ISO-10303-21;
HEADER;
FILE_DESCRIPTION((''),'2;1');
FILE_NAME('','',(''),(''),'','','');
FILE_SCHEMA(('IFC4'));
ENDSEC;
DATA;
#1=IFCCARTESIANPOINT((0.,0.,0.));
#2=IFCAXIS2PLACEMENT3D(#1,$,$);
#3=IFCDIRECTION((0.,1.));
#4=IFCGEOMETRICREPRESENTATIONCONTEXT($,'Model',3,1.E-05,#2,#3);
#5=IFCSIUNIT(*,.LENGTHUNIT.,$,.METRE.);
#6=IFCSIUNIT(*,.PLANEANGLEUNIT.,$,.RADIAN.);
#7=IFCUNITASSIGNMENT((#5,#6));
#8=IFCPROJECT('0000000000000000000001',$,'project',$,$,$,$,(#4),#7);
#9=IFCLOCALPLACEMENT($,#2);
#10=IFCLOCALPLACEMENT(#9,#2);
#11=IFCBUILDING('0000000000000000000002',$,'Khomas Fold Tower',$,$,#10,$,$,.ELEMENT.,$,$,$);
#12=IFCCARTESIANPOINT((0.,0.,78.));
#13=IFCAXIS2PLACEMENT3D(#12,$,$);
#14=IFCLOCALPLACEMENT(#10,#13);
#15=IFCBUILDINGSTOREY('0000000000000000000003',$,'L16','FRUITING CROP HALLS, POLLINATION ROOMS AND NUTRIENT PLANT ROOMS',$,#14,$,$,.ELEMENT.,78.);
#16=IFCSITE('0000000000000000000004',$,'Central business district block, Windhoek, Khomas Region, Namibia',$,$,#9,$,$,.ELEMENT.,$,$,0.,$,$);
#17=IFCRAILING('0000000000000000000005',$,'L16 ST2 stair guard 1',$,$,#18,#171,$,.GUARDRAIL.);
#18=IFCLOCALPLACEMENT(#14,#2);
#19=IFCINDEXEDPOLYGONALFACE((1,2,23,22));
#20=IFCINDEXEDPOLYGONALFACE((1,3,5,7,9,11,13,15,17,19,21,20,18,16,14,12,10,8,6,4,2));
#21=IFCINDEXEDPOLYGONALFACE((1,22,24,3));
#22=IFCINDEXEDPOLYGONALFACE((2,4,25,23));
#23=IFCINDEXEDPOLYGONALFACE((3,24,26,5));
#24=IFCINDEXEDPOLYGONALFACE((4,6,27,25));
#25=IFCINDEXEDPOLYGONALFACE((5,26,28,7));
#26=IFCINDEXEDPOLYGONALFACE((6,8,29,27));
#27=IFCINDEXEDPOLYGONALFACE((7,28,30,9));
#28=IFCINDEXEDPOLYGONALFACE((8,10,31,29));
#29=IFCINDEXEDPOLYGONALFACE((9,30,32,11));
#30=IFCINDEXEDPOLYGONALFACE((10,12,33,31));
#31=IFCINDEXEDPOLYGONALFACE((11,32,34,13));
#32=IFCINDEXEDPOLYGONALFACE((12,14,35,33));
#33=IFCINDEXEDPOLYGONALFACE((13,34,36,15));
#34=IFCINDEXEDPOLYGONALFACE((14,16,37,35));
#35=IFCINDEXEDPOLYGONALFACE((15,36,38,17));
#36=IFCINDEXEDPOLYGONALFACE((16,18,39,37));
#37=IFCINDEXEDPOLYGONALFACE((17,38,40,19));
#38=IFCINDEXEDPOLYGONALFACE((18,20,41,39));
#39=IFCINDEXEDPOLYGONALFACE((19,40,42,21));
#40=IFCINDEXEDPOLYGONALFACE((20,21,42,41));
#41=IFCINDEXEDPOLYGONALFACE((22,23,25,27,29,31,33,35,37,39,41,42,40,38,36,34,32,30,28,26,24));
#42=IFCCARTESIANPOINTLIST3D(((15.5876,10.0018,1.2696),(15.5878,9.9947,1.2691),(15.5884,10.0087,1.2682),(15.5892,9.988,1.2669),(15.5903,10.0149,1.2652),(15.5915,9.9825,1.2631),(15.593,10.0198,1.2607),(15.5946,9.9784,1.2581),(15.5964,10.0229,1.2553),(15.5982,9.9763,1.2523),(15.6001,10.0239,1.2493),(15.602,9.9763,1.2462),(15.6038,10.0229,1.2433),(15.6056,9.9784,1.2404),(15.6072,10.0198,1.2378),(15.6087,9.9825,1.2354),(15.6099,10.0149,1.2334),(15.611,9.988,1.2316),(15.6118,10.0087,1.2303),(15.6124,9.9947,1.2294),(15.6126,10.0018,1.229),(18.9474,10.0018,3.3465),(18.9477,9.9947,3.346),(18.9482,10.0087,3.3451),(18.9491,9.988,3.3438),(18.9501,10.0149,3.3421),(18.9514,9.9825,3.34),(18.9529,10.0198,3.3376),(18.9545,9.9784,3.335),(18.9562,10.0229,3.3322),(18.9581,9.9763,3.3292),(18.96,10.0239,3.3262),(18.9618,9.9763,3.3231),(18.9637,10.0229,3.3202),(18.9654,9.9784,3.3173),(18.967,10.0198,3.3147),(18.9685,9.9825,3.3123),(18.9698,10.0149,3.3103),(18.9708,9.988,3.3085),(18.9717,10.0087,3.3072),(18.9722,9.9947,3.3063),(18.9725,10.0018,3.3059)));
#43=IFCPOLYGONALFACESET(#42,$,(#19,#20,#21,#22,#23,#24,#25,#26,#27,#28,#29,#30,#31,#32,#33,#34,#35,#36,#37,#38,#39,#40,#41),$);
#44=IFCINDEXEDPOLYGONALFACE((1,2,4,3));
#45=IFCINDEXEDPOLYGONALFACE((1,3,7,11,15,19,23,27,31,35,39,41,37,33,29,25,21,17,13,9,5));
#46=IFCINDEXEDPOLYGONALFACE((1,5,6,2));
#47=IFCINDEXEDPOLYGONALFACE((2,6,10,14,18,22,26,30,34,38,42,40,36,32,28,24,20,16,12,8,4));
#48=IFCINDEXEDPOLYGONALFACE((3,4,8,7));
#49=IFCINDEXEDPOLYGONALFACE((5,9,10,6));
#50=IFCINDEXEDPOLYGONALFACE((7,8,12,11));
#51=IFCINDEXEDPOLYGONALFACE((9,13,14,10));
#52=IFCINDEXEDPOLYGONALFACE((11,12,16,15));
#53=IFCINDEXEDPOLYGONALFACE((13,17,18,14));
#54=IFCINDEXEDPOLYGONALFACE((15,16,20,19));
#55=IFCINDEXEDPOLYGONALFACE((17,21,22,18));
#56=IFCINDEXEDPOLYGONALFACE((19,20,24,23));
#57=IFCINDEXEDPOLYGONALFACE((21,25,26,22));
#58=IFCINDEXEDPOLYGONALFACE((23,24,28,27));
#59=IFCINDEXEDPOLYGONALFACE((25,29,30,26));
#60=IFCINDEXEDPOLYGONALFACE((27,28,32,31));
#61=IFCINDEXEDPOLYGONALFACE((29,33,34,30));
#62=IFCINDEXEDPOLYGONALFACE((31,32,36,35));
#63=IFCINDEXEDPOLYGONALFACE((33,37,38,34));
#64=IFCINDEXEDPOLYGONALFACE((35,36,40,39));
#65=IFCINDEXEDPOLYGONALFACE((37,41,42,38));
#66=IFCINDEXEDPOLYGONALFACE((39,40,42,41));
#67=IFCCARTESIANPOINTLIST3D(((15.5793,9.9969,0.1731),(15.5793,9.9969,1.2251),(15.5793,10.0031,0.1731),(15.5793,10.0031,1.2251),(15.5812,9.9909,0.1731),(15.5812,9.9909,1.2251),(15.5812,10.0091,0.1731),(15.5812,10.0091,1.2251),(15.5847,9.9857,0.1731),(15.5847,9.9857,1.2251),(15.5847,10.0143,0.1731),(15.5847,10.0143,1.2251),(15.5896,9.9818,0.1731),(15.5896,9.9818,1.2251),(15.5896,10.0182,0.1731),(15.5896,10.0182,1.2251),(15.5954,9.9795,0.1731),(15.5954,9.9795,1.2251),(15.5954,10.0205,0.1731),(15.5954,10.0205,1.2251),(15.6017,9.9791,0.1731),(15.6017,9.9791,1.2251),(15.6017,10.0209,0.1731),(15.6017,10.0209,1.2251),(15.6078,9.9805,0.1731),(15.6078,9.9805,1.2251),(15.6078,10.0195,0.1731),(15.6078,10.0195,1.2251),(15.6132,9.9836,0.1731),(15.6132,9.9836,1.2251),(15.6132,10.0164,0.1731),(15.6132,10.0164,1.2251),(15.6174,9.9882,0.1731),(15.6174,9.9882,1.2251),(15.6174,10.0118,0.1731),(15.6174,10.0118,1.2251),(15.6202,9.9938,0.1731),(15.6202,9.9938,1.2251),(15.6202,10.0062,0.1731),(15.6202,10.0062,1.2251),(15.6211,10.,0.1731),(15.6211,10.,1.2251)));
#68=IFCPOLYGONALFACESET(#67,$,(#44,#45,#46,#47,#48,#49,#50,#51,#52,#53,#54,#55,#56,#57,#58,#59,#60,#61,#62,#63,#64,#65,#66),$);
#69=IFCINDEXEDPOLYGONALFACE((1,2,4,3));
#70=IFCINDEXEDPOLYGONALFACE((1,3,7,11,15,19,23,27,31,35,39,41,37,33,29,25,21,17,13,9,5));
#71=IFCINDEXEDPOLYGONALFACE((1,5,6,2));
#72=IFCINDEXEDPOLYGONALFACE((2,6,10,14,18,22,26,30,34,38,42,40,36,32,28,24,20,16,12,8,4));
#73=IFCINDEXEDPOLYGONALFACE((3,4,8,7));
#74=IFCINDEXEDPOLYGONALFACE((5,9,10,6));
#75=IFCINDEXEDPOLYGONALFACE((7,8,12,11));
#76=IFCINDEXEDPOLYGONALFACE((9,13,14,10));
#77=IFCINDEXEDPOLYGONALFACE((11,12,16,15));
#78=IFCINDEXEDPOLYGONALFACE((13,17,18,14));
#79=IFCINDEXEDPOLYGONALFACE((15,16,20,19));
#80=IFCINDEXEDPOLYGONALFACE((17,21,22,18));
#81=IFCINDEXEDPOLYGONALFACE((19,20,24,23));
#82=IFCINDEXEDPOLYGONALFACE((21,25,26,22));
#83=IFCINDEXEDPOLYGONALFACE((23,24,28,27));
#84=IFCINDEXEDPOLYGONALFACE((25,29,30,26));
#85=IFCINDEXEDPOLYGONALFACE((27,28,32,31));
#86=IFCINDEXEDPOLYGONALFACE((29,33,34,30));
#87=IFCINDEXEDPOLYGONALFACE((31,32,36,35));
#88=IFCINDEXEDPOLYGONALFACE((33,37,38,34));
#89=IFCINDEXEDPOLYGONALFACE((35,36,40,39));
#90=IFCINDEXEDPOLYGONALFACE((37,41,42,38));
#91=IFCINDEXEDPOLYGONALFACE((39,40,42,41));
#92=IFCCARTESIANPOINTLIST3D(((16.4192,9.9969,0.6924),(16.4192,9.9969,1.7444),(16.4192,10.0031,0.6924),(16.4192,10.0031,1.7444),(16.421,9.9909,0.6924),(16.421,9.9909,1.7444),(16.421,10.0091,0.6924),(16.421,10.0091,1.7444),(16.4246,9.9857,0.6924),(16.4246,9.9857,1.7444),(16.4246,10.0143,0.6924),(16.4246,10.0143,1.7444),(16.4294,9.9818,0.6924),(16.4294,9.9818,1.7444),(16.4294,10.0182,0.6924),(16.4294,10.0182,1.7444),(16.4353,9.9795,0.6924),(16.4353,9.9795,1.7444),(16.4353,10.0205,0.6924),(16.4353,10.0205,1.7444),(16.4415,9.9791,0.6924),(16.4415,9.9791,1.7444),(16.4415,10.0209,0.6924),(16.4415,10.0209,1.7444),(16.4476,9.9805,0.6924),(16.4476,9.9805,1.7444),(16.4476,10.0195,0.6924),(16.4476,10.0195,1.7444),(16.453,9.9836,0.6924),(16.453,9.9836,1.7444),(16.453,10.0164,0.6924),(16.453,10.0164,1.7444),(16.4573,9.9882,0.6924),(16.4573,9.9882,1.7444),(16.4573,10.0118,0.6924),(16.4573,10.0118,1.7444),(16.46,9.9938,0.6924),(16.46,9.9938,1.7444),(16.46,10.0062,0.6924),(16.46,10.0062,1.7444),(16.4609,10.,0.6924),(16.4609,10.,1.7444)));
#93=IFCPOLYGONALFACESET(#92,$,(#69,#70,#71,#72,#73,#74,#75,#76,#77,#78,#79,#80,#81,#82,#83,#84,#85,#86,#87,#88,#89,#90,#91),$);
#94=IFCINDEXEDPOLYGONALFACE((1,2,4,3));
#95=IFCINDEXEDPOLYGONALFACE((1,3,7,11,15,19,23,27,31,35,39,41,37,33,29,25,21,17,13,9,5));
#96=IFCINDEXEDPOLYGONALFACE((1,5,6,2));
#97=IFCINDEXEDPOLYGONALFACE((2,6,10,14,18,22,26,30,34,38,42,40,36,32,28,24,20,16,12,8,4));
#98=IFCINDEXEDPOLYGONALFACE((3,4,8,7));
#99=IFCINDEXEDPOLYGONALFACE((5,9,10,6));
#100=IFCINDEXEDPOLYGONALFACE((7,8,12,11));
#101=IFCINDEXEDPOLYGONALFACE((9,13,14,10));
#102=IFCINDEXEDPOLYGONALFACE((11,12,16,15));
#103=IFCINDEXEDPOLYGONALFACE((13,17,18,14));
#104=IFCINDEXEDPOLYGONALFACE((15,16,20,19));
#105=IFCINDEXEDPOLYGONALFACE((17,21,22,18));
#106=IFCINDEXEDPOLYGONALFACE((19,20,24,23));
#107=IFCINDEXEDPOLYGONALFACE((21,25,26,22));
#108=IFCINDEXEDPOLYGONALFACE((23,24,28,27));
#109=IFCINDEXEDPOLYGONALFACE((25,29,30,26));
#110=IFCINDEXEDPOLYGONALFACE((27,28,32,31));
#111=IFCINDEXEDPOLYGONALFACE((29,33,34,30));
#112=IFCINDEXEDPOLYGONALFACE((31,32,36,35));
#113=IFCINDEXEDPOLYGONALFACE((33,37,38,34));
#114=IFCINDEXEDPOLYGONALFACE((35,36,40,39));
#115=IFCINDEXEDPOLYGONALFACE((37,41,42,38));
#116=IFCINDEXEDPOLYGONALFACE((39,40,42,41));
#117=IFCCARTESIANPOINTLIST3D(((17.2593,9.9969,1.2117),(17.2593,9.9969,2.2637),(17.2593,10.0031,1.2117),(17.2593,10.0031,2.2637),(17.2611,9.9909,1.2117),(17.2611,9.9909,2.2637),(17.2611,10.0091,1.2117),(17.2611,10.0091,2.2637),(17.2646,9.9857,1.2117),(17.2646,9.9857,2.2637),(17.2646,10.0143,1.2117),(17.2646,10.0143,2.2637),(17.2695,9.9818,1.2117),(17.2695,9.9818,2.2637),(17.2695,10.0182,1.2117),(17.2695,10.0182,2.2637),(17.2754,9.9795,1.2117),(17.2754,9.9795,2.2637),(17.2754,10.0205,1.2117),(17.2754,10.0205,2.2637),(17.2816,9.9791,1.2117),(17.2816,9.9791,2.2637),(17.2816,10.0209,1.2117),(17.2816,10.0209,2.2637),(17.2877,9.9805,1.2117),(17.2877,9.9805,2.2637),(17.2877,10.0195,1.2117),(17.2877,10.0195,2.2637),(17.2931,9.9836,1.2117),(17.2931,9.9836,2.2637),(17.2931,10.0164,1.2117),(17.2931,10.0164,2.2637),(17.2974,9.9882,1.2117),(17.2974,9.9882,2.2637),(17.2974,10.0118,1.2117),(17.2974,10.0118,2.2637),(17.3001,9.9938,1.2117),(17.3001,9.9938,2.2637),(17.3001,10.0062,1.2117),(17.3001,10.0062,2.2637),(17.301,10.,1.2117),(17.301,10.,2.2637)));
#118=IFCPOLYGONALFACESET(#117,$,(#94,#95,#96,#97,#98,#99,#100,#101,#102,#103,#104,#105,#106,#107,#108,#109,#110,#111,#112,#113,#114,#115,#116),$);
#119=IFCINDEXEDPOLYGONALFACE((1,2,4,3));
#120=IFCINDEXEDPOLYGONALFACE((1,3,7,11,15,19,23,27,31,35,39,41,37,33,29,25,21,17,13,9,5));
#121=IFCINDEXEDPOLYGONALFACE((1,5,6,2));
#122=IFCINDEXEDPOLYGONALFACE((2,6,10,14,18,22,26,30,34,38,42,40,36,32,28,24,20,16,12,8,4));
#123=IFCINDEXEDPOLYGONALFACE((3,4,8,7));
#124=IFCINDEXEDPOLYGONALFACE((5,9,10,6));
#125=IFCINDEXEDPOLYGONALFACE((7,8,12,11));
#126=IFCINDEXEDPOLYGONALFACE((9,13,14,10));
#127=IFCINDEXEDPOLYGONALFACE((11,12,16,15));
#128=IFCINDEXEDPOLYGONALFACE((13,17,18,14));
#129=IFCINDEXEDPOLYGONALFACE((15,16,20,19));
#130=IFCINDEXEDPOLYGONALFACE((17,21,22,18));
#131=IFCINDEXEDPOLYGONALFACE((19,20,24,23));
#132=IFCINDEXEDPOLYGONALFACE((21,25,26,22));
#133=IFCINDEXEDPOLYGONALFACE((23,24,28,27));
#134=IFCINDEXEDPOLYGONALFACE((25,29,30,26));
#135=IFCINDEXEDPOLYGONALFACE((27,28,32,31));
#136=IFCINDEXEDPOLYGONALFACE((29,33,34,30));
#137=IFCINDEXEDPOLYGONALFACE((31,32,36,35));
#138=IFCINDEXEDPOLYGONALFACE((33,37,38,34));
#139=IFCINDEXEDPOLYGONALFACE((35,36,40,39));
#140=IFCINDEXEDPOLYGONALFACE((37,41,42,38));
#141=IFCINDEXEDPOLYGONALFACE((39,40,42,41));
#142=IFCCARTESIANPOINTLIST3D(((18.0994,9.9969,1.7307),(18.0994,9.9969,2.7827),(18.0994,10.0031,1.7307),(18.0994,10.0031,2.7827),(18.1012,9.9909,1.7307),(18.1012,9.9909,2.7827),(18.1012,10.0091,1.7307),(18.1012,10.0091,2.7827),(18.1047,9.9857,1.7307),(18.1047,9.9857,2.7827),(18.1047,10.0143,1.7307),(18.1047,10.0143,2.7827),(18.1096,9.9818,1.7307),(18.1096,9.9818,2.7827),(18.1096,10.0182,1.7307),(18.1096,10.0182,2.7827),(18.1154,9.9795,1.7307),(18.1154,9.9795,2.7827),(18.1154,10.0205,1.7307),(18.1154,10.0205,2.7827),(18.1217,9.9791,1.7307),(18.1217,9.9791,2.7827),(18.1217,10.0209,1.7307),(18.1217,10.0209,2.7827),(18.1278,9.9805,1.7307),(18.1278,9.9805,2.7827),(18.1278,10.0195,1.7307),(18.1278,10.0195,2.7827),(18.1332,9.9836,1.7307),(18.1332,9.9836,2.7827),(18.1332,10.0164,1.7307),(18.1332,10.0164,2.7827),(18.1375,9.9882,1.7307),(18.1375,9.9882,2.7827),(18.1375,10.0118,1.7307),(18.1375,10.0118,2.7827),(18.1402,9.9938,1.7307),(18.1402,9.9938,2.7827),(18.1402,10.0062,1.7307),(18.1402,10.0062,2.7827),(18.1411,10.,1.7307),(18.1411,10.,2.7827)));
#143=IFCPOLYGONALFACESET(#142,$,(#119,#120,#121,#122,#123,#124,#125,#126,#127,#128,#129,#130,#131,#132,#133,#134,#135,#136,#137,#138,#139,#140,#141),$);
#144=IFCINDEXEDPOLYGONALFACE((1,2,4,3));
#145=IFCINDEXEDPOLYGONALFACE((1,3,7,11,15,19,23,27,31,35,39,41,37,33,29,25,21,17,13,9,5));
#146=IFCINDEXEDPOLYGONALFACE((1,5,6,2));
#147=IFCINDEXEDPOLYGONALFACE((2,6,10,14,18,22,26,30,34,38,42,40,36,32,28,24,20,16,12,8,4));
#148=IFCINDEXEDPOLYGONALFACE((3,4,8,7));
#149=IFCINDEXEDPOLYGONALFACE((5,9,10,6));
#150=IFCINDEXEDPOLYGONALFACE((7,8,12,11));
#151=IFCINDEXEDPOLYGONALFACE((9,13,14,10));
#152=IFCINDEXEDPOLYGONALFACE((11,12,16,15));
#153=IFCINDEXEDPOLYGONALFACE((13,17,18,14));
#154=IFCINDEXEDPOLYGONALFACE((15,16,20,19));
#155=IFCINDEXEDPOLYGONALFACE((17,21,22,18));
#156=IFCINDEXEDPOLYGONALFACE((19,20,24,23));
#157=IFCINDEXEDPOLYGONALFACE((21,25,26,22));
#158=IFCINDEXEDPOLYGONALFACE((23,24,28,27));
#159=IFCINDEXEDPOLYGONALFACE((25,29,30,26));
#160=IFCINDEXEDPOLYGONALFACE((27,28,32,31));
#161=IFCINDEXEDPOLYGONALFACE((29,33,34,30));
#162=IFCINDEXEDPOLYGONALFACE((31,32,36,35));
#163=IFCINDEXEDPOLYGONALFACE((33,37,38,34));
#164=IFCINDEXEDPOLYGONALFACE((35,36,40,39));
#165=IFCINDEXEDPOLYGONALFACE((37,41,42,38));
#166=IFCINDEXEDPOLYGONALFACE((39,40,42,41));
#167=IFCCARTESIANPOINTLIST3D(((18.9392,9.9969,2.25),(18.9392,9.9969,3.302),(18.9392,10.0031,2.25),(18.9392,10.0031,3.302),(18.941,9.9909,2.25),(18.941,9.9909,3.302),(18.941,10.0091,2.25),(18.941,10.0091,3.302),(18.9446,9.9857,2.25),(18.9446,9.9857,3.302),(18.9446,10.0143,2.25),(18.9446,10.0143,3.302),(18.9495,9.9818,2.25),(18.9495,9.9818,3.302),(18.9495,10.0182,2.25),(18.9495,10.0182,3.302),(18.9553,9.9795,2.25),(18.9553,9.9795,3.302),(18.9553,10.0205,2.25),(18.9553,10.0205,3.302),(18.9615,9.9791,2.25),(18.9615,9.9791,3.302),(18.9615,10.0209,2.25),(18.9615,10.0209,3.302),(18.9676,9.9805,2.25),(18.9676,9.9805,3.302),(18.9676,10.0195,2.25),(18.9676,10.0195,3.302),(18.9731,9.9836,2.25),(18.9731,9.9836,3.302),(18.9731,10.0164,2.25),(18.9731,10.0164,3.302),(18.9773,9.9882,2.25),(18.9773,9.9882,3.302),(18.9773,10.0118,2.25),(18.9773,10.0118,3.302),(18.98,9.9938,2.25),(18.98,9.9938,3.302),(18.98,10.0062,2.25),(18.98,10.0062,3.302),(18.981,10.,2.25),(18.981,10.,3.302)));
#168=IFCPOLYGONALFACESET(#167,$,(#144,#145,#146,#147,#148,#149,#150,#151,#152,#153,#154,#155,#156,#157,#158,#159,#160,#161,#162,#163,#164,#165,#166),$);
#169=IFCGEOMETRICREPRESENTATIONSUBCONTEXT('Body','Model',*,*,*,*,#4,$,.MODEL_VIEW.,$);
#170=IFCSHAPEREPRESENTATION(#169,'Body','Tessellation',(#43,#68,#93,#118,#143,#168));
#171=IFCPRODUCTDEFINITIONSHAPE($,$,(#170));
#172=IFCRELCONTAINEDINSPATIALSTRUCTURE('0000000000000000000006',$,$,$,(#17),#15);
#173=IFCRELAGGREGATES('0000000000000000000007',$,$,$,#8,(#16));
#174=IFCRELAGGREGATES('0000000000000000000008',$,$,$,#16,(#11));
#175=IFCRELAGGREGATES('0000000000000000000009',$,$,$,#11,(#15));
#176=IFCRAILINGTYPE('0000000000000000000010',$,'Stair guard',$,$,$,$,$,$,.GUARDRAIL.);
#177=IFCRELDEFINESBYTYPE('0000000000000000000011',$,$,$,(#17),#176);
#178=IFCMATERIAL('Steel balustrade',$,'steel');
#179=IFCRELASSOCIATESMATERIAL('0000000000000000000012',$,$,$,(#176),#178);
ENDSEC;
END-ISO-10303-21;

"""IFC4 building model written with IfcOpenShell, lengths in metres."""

from ifc_helpers import new_model, si_unit, direction, frame, origin, origin_2d, place, context, subcontext, project, spatial, circle, extrude, source, transform, mapped, material, type_object, element, save


model = new_model("IFC4")

# Units and contexts
model_context = context("Model", 3, precision=1e-05, world=origin(), true_north=direction((0.0, 1.0)))
body_context = subcontext(model_context, "Body", "Model", "MODEL_VIEW")
ifc_project = project(units=[si_unit("LENGTHUNIT", "METRE"), si_unit("PLANEANGLEUNIT", "RADIAN")], contexts=[model_context])

# Site, building, storey
site_placement = place(None, origin())
site = spatial("IfcSite", under=ifc_project, at=site_placement, Name="Central business district block, Windhoek, Khomas Region, Namibia", CompositionType="ELEMENT", RefElevation=0.0)
building_placement = place(site_placement, origin())
building = spatial("IfcBuilding", under=site, at=building_placement, Name="Khomas Fold Tower", CompositionType="ELEMENT")
storey_placement = place(building_placement, frame((0.0, 0.0, 78.0)))
storey = spatial("IfcBuildingStorey", under=building, at=storey_placement, Name="L16", Description="FRUITING CROP HALLS, POLLINATION ROOMS AND NUTRIENT PLANT ROOMS", CompositionType="ELEMENT", Elevation=78.0)

# Railing
ifc_material_1 = material(Name="Steel balustrade", Category="steel")
railing_type_1 = type_object("IfcRailingType", Name="Stair guard", PredefinedType="GUARDRAIL", material=ifc_material_1)
shared_shape_1 = source(origin(), body_context, "Body", "SweptSolid", [
    extrude(circle(Radius=0.0239, at=origin_2d()), frame((0.0, 0.0, 1.0762), z_axis=(0.850606, 0.0, 0.525803), x_axis=(0.0, 1.0, 0.0)), (0.0, 0.0, 1.0), 3.95),
    extrude(circle(Radius=0.021, at=origin_2d()), origin(), (0.0, 0.0, 1.0), 1.052),
    extrude(circle(Radius=0.021, at=origin_2d()), frame((0.8398, 0.0, 0.5193)), (0.0, 0.0, 1.0), 1.052),
    extrude(circle(Radius=0.021, at=origin_2d()), frame((1.6799, 0.0, 1.0386)), (0.0, 0.0, 1.0), 1.052),
    extrude(circle(Radius=0.021, at=origin_2d()), frame((2.52, 0.0, 1.5576)), (0.0, 0.0, 1.0), 1.052),
    extrude(circle(Radius=0.021, at=origin_2d()), frame((3.3599, 0.0, 2.0769)), (0.0, 0.0, 1.0), 1.052),
])
railing_1_placement = place(storey_placement, frame((15.6001, 10.0, 0.1731)))
element("IfcRailing", 1, at=railing_1_placement, inside=storey, type_object=railing_type_1, Name="L16 ST2 stair guard 1", PredefinedType="GUARDRAIL", context=body_context, shape_type="MappedRepresentation", body=[
    mapped(shared_shape_1, transform((0.0, 0.0, 0.0))),
])

save(model, "model.ifc")
